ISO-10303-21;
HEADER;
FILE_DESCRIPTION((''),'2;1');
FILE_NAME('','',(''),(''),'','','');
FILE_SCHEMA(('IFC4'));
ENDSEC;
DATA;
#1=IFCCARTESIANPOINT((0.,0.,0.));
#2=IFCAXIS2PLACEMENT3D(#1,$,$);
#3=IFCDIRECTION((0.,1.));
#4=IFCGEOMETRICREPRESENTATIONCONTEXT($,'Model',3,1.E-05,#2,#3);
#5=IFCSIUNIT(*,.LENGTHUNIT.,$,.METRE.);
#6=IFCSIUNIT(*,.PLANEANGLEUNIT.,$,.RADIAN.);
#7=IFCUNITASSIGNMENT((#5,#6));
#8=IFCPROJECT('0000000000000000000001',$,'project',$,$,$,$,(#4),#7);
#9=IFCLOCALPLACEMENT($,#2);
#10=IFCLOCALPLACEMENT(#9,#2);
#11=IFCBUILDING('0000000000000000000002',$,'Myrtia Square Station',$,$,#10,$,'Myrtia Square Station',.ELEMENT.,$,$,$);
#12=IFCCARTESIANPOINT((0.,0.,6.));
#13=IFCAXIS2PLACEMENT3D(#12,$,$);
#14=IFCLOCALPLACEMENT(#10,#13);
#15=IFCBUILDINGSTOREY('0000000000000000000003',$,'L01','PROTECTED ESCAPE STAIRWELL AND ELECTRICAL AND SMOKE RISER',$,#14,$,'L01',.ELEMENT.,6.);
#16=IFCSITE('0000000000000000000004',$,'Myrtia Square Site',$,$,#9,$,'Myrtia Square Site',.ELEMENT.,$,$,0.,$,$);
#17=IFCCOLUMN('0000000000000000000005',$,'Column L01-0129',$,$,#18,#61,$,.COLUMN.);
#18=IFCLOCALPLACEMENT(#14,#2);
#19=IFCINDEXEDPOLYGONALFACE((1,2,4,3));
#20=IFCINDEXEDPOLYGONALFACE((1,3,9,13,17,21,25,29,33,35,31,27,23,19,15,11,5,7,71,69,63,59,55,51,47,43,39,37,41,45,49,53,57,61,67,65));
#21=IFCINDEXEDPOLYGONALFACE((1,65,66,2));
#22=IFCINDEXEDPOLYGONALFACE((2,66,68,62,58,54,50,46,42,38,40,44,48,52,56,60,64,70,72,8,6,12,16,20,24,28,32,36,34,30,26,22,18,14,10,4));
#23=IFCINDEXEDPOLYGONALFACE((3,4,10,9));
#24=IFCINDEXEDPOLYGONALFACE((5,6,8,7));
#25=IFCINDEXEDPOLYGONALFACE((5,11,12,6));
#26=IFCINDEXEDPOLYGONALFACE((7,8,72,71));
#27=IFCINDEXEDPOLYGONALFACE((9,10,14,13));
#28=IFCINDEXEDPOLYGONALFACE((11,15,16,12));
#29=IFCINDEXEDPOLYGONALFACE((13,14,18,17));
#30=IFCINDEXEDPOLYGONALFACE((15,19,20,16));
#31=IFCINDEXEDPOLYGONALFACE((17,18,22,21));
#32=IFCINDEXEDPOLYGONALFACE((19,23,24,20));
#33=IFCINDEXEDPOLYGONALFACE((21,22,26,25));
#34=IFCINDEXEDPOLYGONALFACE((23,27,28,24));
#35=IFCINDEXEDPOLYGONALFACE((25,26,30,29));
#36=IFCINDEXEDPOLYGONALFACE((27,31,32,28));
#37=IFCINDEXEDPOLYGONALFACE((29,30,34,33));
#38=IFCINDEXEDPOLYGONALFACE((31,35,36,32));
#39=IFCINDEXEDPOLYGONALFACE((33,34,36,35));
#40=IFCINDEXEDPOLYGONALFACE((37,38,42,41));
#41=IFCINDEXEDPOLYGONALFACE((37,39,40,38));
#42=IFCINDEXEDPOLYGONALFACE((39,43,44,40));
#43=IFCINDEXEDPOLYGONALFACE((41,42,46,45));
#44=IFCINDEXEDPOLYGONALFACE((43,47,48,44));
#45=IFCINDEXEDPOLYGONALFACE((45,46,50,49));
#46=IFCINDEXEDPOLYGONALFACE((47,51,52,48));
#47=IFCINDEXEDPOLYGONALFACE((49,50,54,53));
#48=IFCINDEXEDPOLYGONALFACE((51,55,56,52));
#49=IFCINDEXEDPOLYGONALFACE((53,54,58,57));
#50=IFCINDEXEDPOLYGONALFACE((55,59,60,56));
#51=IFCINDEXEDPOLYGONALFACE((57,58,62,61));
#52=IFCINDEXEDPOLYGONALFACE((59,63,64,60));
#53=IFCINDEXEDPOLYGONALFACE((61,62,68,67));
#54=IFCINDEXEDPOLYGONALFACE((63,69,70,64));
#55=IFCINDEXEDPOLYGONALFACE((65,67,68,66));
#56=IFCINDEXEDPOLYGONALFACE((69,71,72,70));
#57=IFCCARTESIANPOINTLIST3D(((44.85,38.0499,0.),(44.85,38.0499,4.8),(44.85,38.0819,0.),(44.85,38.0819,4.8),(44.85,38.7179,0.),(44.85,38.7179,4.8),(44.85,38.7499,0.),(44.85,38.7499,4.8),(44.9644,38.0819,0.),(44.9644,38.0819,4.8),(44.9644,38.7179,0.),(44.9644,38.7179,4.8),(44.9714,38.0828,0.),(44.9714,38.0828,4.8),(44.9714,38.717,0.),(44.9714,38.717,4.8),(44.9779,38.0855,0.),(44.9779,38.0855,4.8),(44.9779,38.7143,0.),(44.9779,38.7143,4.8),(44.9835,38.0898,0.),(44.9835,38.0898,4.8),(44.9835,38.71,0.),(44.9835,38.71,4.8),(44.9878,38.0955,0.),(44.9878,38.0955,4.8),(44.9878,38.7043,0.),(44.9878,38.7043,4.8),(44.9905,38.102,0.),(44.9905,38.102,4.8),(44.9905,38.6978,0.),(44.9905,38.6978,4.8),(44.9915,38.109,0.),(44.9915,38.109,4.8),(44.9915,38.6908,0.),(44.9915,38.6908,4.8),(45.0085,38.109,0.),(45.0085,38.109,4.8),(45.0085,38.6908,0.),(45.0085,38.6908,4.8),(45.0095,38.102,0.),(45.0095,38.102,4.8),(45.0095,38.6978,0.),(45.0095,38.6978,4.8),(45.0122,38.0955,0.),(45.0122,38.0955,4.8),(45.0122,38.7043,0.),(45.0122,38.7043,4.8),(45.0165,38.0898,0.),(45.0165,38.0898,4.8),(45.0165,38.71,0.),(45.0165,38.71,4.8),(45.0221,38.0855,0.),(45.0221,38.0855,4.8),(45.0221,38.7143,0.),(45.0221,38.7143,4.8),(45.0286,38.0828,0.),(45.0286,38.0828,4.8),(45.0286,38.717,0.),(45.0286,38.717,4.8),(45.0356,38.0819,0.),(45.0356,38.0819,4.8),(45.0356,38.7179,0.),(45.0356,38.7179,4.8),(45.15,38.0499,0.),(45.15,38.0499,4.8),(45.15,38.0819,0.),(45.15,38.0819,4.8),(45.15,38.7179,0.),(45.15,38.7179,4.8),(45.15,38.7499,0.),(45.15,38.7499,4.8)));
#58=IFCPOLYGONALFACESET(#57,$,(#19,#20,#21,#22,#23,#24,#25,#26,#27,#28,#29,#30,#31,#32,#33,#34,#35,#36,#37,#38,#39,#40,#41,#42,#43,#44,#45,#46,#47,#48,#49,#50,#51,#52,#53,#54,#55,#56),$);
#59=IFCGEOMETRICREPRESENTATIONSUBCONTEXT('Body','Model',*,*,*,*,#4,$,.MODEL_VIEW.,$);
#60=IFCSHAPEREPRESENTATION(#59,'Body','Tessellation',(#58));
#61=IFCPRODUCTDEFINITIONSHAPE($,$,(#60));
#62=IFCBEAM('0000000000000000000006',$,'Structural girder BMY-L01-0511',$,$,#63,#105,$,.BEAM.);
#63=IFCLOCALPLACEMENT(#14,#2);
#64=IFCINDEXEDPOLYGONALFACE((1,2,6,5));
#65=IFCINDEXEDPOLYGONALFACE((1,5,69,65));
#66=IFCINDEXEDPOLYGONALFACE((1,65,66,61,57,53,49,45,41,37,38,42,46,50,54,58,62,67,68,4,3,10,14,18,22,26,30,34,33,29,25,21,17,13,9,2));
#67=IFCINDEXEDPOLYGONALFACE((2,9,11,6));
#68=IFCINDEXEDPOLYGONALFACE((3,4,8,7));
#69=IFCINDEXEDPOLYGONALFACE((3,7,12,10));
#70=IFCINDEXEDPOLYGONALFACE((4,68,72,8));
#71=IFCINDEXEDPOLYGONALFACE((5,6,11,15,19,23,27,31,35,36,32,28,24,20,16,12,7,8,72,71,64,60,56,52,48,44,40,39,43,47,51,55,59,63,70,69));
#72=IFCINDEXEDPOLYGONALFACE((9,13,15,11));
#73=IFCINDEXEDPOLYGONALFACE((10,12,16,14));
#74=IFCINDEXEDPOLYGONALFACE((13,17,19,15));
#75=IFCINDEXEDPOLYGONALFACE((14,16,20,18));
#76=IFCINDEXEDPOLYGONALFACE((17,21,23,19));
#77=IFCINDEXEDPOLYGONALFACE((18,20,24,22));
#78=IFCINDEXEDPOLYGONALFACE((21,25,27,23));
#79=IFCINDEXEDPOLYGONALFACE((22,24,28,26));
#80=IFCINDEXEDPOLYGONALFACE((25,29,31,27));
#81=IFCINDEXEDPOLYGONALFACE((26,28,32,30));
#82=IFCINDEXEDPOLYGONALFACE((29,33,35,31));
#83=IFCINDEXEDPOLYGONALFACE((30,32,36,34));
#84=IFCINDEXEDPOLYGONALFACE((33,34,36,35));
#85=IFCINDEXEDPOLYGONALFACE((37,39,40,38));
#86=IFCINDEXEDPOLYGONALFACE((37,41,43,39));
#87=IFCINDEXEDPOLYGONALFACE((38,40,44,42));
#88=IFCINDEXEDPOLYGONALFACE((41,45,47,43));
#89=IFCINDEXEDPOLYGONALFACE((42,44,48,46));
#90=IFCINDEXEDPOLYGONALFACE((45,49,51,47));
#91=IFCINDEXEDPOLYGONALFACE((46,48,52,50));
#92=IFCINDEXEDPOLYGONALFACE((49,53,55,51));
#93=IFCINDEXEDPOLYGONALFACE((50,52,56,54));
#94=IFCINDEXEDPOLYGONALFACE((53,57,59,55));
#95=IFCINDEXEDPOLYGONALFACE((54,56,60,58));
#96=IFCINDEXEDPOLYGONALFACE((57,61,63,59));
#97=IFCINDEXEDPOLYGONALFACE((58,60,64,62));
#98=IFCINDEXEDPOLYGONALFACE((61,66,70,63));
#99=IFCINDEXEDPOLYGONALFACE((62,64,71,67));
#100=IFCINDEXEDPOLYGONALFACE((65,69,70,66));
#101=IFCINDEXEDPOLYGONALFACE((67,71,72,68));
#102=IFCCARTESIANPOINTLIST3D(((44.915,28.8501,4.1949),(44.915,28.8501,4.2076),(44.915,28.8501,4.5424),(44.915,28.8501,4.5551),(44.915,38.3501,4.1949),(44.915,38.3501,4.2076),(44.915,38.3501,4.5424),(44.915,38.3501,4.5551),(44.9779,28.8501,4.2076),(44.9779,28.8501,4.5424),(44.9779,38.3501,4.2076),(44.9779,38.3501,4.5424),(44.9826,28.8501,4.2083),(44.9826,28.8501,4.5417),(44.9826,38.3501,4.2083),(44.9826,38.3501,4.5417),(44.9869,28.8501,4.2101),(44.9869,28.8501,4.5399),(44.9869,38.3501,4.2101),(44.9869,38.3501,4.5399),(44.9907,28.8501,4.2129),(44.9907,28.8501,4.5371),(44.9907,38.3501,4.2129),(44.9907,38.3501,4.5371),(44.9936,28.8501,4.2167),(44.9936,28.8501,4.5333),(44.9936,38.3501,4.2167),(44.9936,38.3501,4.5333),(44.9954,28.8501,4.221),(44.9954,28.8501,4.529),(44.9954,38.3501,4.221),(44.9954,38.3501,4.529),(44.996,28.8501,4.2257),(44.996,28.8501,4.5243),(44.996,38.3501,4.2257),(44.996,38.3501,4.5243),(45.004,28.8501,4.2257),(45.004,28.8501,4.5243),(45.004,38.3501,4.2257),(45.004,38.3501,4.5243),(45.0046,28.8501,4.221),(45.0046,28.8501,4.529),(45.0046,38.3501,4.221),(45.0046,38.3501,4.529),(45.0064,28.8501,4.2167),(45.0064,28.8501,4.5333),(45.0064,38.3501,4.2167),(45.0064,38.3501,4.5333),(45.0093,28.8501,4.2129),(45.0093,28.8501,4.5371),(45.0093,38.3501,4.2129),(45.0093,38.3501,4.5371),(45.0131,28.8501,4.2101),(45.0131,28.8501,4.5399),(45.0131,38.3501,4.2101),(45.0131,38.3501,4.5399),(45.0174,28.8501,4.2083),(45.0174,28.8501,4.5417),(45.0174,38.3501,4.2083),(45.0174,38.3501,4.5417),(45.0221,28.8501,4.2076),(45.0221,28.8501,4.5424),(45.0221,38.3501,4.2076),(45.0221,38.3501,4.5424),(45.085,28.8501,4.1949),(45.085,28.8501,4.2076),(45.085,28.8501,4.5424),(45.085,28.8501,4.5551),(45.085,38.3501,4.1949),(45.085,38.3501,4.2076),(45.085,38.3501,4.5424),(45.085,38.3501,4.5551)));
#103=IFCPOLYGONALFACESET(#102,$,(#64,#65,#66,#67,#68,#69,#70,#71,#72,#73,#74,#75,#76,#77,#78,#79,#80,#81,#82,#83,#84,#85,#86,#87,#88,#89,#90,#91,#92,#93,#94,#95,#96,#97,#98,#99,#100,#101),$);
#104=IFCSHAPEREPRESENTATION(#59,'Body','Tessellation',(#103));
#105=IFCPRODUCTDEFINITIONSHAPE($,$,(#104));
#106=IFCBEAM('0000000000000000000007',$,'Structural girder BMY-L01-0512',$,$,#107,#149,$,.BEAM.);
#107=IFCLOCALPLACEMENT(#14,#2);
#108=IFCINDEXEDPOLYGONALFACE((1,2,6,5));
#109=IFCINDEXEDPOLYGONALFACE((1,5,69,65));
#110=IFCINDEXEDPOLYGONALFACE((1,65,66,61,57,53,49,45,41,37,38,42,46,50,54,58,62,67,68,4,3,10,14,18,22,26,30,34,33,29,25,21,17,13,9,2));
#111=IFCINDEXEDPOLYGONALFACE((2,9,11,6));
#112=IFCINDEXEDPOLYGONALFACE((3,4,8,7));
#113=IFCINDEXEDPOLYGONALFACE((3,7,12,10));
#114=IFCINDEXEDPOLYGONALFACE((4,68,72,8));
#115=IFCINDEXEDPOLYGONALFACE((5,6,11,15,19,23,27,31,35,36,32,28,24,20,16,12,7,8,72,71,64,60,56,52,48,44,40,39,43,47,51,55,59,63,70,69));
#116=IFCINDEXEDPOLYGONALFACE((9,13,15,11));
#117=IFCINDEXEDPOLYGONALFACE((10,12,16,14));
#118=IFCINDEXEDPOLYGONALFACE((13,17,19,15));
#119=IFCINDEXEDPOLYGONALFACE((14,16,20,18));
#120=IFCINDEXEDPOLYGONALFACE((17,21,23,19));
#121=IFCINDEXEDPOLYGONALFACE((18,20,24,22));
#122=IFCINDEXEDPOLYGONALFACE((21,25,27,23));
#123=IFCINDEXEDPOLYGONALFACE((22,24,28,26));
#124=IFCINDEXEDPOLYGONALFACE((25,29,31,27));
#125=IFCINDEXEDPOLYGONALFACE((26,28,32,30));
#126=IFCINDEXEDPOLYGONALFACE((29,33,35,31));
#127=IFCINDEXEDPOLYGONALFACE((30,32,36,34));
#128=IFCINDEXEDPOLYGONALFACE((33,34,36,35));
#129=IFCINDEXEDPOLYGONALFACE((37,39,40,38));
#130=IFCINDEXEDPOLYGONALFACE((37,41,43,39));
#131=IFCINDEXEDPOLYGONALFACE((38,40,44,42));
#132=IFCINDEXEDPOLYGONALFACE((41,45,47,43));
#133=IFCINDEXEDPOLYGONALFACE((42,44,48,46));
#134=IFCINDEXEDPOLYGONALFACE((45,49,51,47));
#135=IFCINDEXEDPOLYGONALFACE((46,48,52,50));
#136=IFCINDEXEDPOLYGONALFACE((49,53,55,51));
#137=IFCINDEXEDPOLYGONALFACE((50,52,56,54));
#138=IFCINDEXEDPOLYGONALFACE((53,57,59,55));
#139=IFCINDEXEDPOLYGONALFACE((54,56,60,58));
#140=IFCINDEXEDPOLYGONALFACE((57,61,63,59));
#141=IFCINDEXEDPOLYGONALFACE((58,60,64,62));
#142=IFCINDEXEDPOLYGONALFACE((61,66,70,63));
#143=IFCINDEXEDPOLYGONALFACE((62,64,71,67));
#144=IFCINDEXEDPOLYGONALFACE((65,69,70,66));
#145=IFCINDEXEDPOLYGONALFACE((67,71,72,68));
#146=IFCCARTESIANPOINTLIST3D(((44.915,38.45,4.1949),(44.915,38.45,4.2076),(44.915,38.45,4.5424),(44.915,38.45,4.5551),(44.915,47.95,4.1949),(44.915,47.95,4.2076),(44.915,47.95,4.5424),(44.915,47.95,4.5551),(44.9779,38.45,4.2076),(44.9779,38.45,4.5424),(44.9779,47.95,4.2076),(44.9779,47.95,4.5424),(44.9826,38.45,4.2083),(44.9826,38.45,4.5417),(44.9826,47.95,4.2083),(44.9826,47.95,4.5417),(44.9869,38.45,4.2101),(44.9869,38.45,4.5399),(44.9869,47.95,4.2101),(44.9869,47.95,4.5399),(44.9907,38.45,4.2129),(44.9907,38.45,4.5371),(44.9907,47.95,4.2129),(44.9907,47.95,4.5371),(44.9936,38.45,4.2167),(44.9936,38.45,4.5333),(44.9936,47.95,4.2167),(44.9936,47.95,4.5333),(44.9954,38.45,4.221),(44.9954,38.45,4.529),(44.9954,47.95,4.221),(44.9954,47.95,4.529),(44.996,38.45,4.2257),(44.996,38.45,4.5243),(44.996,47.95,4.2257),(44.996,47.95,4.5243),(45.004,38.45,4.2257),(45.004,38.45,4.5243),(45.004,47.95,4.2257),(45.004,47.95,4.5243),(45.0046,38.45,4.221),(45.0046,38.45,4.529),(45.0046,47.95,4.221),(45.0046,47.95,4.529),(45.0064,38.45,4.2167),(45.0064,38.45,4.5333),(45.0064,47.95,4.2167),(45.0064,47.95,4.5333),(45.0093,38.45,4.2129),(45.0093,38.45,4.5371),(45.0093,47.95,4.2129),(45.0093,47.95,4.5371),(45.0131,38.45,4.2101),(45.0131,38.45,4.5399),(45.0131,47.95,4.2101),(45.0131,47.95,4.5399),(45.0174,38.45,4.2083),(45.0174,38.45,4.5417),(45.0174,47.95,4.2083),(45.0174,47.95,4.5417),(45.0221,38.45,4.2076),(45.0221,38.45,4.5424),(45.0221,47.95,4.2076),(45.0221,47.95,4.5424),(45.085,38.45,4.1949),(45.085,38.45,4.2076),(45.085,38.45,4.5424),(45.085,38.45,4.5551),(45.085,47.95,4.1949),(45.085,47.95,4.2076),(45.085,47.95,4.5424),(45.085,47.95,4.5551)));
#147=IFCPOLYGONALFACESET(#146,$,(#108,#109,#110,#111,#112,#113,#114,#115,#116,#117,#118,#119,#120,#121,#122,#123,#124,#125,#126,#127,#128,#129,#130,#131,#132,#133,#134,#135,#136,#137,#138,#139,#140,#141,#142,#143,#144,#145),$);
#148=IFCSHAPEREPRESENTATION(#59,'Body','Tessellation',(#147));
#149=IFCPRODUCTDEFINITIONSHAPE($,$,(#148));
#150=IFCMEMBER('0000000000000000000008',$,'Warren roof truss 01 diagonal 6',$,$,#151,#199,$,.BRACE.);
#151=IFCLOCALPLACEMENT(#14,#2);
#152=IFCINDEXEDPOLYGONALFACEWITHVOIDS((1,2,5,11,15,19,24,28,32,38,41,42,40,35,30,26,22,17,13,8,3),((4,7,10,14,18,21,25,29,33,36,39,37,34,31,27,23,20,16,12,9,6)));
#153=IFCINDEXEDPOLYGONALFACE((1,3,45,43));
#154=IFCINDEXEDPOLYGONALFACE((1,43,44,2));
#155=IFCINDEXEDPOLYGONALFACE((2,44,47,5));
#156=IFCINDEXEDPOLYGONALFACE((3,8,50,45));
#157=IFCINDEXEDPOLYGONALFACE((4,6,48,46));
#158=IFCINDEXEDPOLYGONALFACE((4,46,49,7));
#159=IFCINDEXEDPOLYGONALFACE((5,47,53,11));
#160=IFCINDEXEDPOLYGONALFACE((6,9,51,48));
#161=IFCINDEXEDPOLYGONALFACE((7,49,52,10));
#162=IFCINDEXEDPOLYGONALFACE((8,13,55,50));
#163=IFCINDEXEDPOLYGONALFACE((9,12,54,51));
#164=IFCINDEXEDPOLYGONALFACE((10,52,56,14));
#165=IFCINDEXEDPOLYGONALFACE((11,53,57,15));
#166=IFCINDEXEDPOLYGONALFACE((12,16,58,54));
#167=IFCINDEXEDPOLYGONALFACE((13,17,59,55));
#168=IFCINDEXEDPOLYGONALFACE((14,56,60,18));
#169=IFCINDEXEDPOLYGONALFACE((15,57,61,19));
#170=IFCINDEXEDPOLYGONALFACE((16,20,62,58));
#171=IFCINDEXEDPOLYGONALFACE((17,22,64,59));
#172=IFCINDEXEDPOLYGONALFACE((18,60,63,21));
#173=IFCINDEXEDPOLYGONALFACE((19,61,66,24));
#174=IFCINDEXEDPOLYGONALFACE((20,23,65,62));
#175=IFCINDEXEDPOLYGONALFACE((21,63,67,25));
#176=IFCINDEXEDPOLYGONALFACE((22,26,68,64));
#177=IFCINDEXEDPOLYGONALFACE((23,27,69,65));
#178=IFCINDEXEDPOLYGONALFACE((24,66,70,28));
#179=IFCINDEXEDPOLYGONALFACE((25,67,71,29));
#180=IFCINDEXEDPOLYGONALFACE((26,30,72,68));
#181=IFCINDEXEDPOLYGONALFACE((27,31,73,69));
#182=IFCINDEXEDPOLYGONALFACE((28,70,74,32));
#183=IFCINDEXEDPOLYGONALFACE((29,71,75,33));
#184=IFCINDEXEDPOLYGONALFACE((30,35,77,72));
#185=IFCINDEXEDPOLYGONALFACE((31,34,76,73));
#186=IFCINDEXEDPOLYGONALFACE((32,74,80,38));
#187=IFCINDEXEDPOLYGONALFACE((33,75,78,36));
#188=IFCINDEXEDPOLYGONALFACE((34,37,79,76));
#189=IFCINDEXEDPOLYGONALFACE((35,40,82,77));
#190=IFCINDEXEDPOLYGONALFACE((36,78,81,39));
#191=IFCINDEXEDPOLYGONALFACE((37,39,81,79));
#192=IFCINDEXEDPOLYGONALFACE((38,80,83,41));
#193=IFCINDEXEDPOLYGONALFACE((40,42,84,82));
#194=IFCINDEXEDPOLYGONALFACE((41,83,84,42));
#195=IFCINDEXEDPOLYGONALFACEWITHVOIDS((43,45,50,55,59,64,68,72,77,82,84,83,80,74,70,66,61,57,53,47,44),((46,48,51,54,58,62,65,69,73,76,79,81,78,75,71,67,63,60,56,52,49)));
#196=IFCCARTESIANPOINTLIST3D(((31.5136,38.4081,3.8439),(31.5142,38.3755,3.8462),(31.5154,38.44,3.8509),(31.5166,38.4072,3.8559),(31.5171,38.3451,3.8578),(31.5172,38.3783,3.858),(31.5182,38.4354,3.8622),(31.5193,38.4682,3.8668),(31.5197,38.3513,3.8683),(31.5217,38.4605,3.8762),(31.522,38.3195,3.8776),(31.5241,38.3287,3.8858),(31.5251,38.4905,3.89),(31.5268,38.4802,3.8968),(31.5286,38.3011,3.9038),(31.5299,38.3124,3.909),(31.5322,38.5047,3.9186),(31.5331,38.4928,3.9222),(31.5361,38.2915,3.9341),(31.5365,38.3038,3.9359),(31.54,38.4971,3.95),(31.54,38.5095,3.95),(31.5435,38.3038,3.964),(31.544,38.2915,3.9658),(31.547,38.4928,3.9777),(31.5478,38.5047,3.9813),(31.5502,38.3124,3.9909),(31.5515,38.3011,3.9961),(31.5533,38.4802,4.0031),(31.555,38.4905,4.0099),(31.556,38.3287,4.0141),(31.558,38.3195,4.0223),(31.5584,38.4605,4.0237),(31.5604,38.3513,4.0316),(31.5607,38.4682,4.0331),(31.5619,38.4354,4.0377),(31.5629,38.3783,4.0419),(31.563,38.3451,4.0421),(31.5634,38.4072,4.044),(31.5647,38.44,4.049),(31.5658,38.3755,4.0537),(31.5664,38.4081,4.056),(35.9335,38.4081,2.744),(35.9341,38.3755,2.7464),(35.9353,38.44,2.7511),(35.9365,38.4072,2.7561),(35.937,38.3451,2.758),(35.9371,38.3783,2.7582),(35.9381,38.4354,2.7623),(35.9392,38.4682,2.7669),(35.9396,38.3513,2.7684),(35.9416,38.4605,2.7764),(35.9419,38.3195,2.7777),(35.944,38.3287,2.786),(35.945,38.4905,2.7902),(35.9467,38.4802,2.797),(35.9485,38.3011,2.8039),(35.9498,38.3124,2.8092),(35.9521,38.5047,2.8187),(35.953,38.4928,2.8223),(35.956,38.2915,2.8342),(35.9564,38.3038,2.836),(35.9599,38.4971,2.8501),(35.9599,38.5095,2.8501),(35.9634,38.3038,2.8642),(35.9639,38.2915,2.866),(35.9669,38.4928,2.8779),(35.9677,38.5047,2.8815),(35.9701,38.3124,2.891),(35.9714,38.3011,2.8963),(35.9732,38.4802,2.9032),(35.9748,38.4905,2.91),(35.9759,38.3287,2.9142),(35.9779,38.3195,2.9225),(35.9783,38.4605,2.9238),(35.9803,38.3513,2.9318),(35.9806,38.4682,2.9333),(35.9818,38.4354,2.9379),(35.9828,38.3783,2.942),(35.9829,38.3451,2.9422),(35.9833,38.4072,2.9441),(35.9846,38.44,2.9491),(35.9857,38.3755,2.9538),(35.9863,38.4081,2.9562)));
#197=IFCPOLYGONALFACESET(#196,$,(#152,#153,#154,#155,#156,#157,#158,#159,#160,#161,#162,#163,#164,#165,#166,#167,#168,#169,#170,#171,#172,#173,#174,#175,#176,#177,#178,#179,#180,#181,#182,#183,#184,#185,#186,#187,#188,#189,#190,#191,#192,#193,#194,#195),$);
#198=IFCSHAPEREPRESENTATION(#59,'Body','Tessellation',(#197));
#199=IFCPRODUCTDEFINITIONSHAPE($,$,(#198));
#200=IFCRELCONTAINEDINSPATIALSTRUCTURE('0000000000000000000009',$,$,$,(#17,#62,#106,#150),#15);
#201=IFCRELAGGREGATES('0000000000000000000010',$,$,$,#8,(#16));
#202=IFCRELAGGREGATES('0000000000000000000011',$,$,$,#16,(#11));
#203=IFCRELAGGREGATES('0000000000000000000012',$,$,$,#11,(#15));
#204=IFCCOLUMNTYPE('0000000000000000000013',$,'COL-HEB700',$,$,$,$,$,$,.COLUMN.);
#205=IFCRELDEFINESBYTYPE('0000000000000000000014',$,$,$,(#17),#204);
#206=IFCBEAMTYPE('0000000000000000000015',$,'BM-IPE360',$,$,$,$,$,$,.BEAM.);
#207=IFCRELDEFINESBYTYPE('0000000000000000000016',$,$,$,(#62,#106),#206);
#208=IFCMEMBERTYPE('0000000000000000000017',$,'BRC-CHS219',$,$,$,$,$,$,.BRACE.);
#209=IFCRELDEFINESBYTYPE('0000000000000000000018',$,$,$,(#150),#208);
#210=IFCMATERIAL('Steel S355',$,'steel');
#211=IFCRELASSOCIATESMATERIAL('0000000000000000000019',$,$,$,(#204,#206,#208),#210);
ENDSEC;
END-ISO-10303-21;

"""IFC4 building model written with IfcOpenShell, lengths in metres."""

from ifc_helpers import new_model, si_unit, direction, frame, origin, origin_2d, place, context, subcontext, project, spatial, hollow_circle, i_section, extrude, material, material_profile, profile_set, type_object, element, save


model = new_model("IFC4")

# Units and contexts
model_context = context("Model", 3, precision=1e-05, world=origin(), true_north=direction((0.0, 1.0)))
body_context = subcontext(model_context, "Body", "Model", "MODEL_VIEW")
ifc_project = project(units=[si_unit("LENGTHUNIT", "METRE"), si_unit("PLANEANGLEUNIT", "RADIAN")], contexts=[model_context])

# Site, building, storey
site_placement = place(None, origin())
site = spatial("IfcSite", under=ifc_project, at=site_placement, Name="Myrtia Square Site", LongName="Myrtia Square Site", CompositionType="ELEMENT", RefElevation=0.0)
building_placement = place(site_placement, origin())
building = spatial("IfcBuilding", under=site, at=building_placement, Name="Myrtia Square Station", LongName="Myrtia Square Station", CompositionType="ELEMENT")
storey_placement = place(building_placement, frame((0.0, 0.0, 6.0)))
storey = spatial("IfcBuildingStorey", under=building, at=storey_placement, Name="L01", Description="PROTECTED ESCAPE STAIRWELL AND ELECTRICAL AND SMOKE RISER", LongName="L01", CompositionType="ELEMENT", Elevation=6.0)

# Column
ifc_material_1 = material(Name="Steel S355", Category="steel")
ifc_material_profile_1 = material_profile(ifc_material_1, i_section(OverallWidth=0.3, OverallDepth=0.7, WebThickness=0.0171, FlangeThickness=0.032, FilletRadius=0.0271, at=origin_2d()), Name="HEB 700")
ifc_profile_set_1 = profile_set([ifc_material_profile_1], Name="Steel S355")
column_type = type_object("IfcColumnType", Name="COL-HEB700", PredefinedType="COLUMN", material=ifc_profile_set_1)
column_placement = place(storey_placement, frame((45.0, 38.3999, 0.0), z_axis=(0.0, 0.0, 1.0), x_axis=(1.0, 0.0, 0.0)))
element("IfcColumn", 1, at=column_placement, inside=storey, type_object=column_type, Name="Column L01-0129", PredefinedType="COLUMN", context=body_context, shape_type="SweptSolid", body=[
    extrude(i_section(OverallWidth=0.3, OverallDepth=0.7, WebThickness=0.0171, FlangeThickness=0.032, FilletRadius=0.0271, at=origin_2d()), origin(), (0.0, 0.0, 1.0), 4.8),
])

# Beams
ifc_material_profile_2 = material_profile(ifc_material_1, i_section(OverallWidth=0.1699, OverallDepth=0.3601, WebThickness=0.0081, FlangeThickness=0.0127, FilletRadius=0.0181, at=origin_2d()), Name="IPE 360")
ifc_profile_set_2 = profile_set([ifc_material_profile_2], Name="Steel S355")
beam_type_1 = type_object("IfcBeamType", Name="BM-IPE360", PredefinedType="BEAM", material=ifc_profile_set_2)
for number, where, z_axis, x_axis, name in (
    (2, (45.0, 28.8501, 4.375), (0.0, 1.0, 0.0), (-1.0, 0.0, 0.0), "Structural girder BMY-L01-0511"),
    (3, (45.0, 38.45, 4.375), (0.0, 1.0, 0.0), (-1.0, 0.0, 0.0), "Structural girder BMY-L01-0512"),
):
    element("IfcBeam", number, at=place(storey_placement, frame(where, z_axis=z_axis, x_axis=x_axis)), inside=storey, type_object=beam_type_1, Name=name, PredefinedType="BEAM", context=body_context, shape_type="SweptSolid", body=[
        extrude(i_section(OverallWidth=0.1699, OverallDepth=0.3601, WebThickness=0.0081, FlangeThickness=0.0127, FilletRadius=0.0181, at=origin_2d()), origin(), (0.0, 0.0, 1.0), 9.5),
    ])

# Member
ifc_material_profile_3 = material_profile(ifc_material_1, hollow_circle(Radius=0.1096, WallThickness=0.0125, at=origin_2d()), Name="CHS 219.1x12.5")
ifc_profile_set_3 = profile_set([ifc_material_profile_3], Name="Steel S355")
member_type_1 = type_object("IfcMemberType", Name="BRC-CHS219", PredefinedType="BRACE", material=ifc_profile_set_3)
for number, where, z_axis, x_axis, name in (
    (4, (31.54, 38.3999, 3.95), (0.970407, 0.0, -0.241476), (0.0, 1.0, 0.0), "Warren roof truss 01 diagonal 6"),
):
    element("IfcMember", number, at=place(storey_placement, frame(where, z_axis=z_axis, x_axis=x_axis)), inside=storey, type_object=member_type_1, Name=name, PredefinedType="BRACE", context=body_context, shape_type="SweptSolid", body=[
        extrude(hollow_circle(Radius=0.1096, WallThickness=0.0125, at=origin_2d()), origin(), (0.0, 0.0, 1.0), 4.5547),
    ])

save(model, "model.ifc")
